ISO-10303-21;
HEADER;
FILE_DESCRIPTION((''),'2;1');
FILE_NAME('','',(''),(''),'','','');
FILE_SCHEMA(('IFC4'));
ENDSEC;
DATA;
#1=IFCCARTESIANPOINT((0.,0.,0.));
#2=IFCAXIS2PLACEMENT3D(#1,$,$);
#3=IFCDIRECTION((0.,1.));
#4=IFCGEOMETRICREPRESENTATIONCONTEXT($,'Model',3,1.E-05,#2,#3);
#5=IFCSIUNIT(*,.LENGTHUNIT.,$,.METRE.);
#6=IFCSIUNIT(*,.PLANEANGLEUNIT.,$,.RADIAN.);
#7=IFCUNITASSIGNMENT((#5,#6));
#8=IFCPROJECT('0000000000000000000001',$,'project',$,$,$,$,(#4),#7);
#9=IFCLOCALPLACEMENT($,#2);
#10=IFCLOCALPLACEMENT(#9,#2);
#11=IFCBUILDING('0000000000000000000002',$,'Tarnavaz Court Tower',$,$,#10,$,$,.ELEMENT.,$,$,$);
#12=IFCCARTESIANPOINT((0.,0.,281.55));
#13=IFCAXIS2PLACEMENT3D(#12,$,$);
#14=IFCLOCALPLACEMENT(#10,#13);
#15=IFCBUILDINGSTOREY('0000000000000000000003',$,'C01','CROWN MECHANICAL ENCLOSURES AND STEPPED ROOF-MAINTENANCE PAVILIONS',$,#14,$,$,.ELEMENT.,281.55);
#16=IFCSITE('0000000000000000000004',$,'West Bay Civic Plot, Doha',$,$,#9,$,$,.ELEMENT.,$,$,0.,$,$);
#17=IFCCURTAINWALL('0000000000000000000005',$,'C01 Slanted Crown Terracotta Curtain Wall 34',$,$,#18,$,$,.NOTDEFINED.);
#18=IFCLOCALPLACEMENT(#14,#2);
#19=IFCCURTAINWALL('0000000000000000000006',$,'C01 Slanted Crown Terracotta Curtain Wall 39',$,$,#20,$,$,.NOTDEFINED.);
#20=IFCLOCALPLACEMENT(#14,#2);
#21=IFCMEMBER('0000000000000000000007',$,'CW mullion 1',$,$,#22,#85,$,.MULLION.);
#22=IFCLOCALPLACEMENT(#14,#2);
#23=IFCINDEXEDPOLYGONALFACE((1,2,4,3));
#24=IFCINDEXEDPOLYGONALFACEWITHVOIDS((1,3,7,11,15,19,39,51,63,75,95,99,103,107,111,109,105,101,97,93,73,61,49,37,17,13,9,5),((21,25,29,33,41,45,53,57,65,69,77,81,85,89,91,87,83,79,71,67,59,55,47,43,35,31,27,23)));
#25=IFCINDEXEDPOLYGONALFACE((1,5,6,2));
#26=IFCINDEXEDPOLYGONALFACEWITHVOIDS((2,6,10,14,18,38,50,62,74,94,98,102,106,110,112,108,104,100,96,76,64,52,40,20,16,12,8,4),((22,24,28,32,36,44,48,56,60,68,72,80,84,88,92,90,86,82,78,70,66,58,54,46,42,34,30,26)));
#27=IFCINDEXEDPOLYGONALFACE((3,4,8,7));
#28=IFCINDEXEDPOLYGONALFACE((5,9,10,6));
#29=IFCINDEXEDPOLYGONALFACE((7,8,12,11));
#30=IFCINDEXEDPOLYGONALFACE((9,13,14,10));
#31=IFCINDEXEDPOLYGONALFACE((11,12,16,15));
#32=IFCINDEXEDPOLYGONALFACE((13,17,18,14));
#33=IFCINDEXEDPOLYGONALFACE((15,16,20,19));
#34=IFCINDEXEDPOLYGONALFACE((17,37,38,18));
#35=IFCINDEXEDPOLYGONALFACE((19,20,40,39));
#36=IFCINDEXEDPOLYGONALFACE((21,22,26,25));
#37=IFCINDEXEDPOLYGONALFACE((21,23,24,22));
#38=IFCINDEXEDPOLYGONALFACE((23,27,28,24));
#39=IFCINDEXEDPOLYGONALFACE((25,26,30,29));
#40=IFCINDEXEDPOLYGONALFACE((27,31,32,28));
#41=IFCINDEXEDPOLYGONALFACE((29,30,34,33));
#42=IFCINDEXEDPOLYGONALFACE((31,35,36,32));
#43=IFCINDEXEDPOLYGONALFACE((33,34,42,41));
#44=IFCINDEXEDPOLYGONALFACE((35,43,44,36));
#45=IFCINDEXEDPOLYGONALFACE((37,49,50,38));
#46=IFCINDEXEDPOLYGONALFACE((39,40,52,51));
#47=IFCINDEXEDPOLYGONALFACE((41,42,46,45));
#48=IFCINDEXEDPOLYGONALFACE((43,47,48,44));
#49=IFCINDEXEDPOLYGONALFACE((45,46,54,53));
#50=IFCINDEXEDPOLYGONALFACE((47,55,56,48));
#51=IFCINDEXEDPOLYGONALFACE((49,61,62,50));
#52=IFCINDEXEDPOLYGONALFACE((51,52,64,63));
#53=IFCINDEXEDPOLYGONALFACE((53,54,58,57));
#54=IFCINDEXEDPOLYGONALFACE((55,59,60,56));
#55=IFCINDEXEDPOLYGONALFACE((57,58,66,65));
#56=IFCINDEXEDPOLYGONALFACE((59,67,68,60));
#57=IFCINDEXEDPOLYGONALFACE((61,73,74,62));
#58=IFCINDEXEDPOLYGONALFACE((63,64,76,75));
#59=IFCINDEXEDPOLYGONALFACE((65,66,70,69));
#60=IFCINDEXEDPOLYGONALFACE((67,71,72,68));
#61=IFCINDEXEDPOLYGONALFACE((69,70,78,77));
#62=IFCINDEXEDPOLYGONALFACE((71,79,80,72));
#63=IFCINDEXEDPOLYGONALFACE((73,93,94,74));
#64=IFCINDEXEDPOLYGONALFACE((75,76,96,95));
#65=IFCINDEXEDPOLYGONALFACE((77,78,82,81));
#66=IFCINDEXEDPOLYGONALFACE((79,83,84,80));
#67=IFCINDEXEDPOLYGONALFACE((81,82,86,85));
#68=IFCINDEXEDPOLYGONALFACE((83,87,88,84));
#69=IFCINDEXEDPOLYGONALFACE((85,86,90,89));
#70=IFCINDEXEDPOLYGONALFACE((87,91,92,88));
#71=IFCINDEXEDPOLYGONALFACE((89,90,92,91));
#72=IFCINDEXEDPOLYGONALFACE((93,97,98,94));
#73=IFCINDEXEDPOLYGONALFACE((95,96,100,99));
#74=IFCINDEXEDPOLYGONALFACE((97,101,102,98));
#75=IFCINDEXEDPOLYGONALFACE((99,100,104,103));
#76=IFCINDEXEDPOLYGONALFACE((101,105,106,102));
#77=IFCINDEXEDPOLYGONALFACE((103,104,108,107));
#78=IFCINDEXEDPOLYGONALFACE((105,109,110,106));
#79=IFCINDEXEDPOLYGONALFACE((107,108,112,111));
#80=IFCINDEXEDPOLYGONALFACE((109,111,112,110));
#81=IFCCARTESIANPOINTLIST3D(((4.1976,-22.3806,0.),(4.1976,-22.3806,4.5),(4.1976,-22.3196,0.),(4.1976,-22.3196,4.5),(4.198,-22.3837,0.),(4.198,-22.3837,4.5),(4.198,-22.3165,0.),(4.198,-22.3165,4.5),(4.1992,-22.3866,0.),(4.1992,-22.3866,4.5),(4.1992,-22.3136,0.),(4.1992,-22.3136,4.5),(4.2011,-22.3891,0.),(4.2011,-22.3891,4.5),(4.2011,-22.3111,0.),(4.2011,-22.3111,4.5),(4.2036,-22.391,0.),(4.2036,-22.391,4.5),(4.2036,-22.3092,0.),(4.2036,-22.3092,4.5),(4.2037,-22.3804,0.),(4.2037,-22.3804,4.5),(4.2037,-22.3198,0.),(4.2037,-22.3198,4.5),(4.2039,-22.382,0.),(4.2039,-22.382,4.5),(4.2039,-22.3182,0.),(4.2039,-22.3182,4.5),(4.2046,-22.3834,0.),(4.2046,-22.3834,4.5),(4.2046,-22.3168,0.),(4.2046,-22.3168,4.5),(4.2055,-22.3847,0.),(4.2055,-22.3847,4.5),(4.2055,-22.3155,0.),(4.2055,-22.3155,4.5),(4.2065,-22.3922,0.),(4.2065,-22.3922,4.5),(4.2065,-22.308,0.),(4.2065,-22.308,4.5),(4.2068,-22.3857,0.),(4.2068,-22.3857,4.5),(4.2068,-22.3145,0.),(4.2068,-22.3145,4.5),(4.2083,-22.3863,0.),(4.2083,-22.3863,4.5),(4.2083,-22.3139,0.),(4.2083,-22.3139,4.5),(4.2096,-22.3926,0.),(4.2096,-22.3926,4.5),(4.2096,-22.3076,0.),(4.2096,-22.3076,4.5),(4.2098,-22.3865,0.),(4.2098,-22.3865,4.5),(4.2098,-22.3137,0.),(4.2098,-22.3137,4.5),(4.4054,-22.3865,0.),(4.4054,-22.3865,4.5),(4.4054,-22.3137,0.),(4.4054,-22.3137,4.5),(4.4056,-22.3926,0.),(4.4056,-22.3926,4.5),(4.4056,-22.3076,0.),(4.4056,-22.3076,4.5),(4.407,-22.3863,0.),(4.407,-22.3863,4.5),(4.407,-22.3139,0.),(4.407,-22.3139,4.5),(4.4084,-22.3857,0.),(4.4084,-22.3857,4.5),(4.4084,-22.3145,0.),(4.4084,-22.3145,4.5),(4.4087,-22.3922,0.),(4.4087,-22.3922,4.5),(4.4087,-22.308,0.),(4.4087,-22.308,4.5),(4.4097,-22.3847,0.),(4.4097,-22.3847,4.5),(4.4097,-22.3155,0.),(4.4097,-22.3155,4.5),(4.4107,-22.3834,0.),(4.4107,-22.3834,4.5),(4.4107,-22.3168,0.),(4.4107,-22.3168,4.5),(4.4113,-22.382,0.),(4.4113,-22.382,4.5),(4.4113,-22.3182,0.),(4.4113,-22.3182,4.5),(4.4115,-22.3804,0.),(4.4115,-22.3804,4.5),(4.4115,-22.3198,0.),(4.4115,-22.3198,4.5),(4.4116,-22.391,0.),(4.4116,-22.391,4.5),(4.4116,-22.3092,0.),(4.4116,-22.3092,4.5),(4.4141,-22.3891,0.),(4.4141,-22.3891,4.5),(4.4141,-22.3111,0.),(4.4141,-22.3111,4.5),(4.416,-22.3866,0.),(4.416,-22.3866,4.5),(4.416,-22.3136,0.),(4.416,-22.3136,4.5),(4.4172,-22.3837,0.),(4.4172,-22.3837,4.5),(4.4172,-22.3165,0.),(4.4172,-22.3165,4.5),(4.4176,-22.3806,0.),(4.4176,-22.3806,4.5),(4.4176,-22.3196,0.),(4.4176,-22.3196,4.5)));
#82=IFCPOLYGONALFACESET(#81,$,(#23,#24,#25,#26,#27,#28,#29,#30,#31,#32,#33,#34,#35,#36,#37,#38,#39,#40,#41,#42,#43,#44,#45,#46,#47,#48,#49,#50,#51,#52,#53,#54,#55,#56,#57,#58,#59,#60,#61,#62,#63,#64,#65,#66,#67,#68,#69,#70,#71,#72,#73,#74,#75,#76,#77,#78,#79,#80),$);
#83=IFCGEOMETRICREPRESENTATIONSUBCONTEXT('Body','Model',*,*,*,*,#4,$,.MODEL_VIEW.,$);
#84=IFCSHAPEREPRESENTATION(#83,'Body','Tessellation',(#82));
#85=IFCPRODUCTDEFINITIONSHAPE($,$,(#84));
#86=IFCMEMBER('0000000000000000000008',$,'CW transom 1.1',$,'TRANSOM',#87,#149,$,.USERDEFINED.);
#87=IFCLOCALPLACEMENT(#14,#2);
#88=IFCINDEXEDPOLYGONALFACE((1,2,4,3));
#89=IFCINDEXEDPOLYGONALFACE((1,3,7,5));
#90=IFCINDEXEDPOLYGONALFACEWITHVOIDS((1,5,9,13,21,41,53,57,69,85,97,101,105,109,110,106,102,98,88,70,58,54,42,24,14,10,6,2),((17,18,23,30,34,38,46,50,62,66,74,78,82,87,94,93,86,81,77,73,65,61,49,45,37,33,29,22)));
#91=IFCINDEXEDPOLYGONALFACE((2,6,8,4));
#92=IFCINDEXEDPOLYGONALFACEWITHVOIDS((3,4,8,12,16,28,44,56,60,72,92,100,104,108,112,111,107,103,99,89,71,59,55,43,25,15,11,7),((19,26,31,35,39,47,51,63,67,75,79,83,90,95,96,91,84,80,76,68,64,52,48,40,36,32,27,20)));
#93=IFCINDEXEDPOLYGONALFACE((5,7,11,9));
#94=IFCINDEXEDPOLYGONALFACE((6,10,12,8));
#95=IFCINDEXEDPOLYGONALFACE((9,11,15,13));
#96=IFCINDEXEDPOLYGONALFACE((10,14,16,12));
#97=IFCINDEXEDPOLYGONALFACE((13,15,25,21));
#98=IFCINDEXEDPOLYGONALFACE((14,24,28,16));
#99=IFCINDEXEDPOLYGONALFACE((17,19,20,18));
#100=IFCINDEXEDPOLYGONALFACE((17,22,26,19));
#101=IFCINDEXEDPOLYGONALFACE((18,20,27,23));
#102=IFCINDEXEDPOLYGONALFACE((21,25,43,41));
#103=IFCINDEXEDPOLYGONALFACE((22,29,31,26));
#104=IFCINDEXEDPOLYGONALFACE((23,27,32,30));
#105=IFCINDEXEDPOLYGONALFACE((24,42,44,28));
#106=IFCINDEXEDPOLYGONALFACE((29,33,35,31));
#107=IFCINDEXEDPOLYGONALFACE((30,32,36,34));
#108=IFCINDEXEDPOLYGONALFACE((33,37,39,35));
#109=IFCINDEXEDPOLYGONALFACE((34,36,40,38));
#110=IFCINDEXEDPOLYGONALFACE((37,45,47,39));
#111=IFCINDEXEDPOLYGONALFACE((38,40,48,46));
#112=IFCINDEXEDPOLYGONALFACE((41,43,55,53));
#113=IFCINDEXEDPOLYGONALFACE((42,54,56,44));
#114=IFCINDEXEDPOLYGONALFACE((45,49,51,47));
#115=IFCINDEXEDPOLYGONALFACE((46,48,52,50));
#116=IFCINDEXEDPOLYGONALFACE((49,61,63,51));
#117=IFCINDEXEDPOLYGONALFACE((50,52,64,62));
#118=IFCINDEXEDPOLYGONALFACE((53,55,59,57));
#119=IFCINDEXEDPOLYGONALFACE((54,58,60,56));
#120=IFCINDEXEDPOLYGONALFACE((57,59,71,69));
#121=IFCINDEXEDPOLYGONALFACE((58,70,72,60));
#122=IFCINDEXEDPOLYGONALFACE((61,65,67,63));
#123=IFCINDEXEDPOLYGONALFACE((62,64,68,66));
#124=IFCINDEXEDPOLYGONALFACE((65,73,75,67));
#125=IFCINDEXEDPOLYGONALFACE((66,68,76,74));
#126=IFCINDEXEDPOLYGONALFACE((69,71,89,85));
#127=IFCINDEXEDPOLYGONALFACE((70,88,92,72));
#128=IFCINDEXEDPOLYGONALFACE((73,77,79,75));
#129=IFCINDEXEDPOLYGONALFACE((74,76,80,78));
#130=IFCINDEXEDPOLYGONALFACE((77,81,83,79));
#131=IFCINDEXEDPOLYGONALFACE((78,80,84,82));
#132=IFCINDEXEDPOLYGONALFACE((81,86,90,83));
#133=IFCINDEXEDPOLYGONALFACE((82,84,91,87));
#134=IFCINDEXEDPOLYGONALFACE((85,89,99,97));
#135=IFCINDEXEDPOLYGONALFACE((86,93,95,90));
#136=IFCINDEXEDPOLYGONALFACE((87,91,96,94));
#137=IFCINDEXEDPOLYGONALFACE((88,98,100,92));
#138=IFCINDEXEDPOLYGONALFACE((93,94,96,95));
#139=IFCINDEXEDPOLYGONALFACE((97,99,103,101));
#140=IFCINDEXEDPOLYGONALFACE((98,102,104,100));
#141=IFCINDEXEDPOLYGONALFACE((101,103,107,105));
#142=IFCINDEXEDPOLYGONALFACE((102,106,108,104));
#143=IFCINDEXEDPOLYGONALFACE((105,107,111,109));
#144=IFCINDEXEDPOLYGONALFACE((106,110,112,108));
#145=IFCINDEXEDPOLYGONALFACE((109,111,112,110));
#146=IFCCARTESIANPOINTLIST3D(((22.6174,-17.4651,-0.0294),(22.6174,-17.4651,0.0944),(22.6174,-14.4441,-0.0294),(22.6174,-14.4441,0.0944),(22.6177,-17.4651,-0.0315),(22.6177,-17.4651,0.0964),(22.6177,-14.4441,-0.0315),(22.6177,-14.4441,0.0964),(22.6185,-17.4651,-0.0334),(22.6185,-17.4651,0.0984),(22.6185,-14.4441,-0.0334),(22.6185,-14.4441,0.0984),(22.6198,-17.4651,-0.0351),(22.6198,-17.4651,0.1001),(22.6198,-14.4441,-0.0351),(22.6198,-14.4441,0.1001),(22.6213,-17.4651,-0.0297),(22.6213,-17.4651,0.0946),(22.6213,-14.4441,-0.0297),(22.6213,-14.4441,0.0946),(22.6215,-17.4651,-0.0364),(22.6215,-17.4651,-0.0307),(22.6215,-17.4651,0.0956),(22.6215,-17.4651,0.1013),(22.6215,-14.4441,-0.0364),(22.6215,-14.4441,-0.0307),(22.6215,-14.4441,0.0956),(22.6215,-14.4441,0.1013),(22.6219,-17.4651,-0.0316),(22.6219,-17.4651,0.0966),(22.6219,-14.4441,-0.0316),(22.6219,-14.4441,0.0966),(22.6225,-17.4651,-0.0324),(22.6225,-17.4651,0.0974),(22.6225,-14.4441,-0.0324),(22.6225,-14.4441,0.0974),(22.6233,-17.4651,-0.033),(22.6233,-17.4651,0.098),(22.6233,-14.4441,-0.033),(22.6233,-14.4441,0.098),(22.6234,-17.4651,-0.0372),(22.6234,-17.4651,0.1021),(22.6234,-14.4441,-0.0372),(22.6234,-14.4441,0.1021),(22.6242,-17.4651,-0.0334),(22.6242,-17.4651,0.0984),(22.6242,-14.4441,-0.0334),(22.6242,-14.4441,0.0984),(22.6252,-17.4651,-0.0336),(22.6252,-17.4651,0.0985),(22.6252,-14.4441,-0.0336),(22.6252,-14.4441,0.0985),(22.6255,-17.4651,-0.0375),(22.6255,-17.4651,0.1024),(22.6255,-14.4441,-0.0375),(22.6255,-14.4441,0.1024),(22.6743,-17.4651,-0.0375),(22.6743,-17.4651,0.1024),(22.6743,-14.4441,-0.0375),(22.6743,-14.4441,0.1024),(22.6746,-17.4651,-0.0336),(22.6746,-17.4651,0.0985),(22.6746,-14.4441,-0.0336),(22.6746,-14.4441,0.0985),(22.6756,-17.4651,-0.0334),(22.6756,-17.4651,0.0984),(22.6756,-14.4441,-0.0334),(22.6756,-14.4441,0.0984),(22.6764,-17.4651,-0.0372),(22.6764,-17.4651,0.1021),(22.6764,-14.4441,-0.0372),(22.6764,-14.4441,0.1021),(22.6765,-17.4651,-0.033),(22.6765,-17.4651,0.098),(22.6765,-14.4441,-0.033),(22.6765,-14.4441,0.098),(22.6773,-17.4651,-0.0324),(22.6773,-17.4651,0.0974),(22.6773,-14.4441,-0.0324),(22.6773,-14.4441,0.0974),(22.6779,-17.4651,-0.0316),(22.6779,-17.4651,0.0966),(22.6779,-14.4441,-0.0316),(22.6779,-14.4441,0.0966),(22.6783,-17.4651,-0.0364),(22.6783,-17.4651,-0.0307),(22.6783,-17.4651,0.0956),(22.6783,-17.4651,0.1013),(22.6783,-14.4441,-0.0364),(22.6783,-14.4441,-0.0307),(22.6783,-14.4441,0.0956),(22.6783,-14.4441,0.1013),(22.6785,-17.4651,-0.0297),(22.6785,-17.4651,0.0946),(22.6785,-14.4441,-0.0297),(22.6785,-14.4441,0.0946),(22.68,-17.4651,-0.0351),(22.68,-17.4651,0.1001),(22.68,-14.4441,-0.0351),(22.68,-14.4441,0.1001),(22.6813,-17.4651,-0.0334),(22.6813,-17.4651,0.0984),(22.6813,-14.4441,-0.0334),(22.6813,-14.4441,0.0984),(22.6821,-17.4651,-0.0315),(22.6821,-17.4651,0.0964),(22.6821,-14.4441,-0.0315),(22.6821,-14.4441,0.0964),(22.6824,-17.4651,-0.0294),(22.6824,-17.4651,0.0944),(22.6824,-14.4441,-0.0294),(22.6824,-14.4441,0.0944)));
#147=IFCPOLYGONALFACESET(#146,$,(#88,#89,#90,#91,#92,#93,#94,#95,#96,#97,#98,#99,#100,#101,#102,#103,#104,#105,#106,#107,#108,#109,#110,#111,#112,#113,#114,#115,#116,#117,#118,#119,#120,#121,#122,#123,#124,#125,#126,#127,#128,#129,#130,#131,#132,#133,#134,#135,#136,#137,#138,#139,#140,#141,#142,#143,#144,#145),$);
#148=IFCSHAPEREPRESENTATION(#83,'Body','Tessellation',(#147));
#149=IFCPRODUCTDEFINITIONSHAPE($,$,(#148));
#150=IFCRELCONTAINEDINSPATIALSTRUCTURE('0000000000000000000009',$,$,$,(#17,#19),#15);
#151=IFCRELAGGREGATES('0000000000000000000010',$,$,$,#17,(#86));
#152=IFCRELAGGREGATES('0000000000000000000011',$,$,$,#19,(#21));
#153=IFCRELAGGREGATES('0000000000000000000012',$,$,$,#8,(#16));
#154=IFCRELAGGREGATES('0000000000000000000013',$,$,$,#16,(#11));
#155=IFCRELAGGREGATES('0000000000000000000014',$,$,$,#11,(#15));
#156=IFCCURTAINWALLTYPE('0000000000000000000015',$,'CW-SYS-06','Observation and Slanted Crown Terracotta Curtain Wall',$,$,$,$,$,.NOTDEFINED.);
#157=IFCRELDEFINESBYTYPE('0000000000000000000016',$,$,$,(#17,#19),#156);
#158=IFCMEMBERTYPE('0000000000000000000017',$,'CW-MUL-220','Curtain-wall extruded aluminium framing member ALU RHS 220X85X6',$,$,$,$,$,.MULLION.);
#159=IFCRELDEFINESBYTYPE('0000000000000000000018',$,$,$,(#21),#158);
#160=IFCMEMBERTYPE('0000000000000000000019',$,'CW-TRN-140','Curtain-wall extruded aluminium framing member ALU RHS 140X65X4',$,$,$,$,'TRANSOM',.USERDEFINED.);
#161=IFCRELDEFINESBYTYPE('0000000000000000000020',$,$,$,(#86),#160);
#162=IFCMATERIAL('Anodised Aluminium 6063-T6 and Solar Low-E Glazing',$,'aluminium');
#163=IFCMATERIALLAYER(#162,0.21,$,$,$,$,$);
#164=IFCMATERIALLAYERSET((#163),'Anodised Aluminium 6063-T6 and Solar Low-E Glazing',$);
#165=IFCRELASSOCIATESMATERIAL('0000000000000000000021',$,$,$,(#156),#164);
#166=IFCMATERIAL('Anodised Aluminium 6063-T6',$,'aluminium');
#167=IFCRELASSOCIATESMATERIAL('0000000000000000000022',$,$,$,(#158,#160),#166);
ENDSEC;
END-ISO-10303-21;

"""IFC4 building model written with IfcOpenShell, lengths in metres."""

from ifc_helpers import new_model, si_unit, direction, frame, origin, origin_2d, place, context, subcontext, project, spatial, hollow_rectangle, extrude, material, layer, layer_set, material_profile, profile_set, type_object, element, aggregate, save


model = new_model("IFC4")

# Units and contexts
model_context = context("Model", 3, precision=1e-05, world=origin(), true_north=direction((0.0, 1.0)))
body_context = subcontext(model_context, "Body", "Model", "MODEL_VIEW")
ifc_project = project(units=[si_unit("LENGTHUNIT", "METRE"), si_unit("PLANEANGLEUNIT", "RADIAN")], contexts=[model_context])

# Site, building, storey
site_placement = place(None, origin())
site = spatial("IfcSite", under=ifc_project, at=site_placement, Name="West Bay Civic Plot, Doha", CompositionType="ELEMENT", RefElevation=0.0)
building_placement = place(site_placement, origin())
building = spatial("IfcBuilding", under=site, at=building_placement, Name="Tarnavaz Court Tower", CompositionType="ELEMENT")
storey_placement = place(building_placement, frame((0.0, 0.0, 281.55)))
storey = spatial("IfcBuildingStorey", under=building, at=storey_placement, Name="C01", Description="CROWN MECHANICAL ENCLOSURES AND STEPPED ROOF-MAINTENANCE PAVILIONS", CompositionType="ELEMENT", Elevation=281.55)

# Shared definitions
ifc_material_1 = material(Name="Anodised Aluminium 6063-T6 and Solar Low-E Glazing", Category="aluminium")
ifc_layer_1 = layer(ifc_material_1, 0.21)
ifc_layer_set_1 = layer_set([ifc_layer_1], Name="Anodised Aluminium 6063-T6 and Solar Low-E Glazing")
curtain_wall_type = type_object("IfcCurtainWallType", Name="CW-SYS-06", Description="Observation and Slanted Crown Terracotta Curtain Wall", PredefinedType="NOTDEFINED", material=ifc_layer_set_1)
ifc_material_2 = material(Name="Anodised Aluminium 6063-T6", Category="aluminium")
ifc_material_profile_1 = material_profile(ifc_material_2, hollow_rectangle(XDim=0.085, YDim=0.22, WallThickness=0.0061, InnerFilletRadius=0.0061, OuterFilletRadius=0.012, at=origin_2d()), Name="ALU RHS 220X85X6")
ifc_profile_set_1 = profile_set([ifc_material_profile_1], Name="Anodised Aluminium 6063-T6")
member_type_1 = type_object("IfcMemberType", Name="CW-MUL-220", Description="Curtain-wall extruded aluminium framing member ALU RHS 220X85X6", PredefinedType="MULLION", material=ifc_profile_set_1)

# Curtain wall
curtain_wall_1_placement = place(storey_placement, origin())
curtain_wall_1 = element("IfcCurtainWall", 1, at=curtain_wall_1_placement, inside=storey, type_object=curtain_wall_type, Name="C01 Slanted Crown Terracotta Curtain Wall 34", PredefinedType="NOTDEFINED")

# Curtain wall, member
curtain_wall_2_placement = place(storey_placement, origin())
curtain_wall_2 = element("IfcCurtainWall", 2, at=curtain_wall_2_placement, inside=storey, type_object=curtain_wall_type, Name="C01 Slanted Crown Terracotta Curtain Wall 39", PredefinedType="NOTDEFINED")
member_1_placement = place(storey_placement, frame((4.3076, -22.3501, 0.0), z_axis=(0.0, 0.0, 1.0), x_axis=(0.0, -1.0, 0.0)))
member_1 = element("IfcMember", 3, at=member_1_placement, type_object=member_type_1, Name="CW mullion 1", PredefinedType="MULLION", context=body_context, shape_type="SweptSolid", body=[
    extrude(hollow_rectangle(XDim=0.085, YDim=0.22, WallThickness=0.0061, InnerFilletRadius=0.0061, OuterFilletRadius=0.012, at=origin_2d()), origin(), (0.0, 0.0, 1.0), 4.5),
])

# Member
ifc_material_profile_2 = material_profile(ifc_material_2, hollow_rectangle(XDim=0.0649, YDim=0.1399, WallThickness=0.0039, InnerFilletRadius=0.0039, OuterFilletRadius=0.0081, at=origin_2d()), Name="ALU RHS 140X65X4")
ifc_profile_set_2 = profile_set([ifc_material_profile_2], Name="Anodised Aluminium 6063-T6")
member_type_2 = type_object("IfcMemberType", Name="CW-TRN-140", Description="Curtain-wall extruded aluminium framing member ALU RHS 140X65X4", ElementType="TRANSOM", PredefinedType="USERDEFINED", material=ifc_profile_set_2)
member_2_placement = place(storey_placement, frame((22.6499, -14.4441, 0.0325), z_axis=(0.0, -1.0, 0.0), x_axis=(1.0, 0.0, 0.0)))
member_2 = element("IfcMember", 4, at=member_2_placement, type_object=member_type_2, Name="CW transom 1.1", ObjectType="TRANSOM", PredefinedType="USERDEFINED", context=body_context, shape_type="SweptSolid", body=[
    extrude(hollow_rectangle(XDim=0.0649, YDim=0.1399, WallThickness=0.0039, InnerFilletRadius=0.0039, OuterFilletRadius=0.0081, at=origin_2d()), origin(), (0.0, 0.0, 1.0), 3.021),
])

aggregate(curtain_wall_1, [member_2])
aggregate(curtain_wall_2, [member_1])

save(model, "model.ifc")
